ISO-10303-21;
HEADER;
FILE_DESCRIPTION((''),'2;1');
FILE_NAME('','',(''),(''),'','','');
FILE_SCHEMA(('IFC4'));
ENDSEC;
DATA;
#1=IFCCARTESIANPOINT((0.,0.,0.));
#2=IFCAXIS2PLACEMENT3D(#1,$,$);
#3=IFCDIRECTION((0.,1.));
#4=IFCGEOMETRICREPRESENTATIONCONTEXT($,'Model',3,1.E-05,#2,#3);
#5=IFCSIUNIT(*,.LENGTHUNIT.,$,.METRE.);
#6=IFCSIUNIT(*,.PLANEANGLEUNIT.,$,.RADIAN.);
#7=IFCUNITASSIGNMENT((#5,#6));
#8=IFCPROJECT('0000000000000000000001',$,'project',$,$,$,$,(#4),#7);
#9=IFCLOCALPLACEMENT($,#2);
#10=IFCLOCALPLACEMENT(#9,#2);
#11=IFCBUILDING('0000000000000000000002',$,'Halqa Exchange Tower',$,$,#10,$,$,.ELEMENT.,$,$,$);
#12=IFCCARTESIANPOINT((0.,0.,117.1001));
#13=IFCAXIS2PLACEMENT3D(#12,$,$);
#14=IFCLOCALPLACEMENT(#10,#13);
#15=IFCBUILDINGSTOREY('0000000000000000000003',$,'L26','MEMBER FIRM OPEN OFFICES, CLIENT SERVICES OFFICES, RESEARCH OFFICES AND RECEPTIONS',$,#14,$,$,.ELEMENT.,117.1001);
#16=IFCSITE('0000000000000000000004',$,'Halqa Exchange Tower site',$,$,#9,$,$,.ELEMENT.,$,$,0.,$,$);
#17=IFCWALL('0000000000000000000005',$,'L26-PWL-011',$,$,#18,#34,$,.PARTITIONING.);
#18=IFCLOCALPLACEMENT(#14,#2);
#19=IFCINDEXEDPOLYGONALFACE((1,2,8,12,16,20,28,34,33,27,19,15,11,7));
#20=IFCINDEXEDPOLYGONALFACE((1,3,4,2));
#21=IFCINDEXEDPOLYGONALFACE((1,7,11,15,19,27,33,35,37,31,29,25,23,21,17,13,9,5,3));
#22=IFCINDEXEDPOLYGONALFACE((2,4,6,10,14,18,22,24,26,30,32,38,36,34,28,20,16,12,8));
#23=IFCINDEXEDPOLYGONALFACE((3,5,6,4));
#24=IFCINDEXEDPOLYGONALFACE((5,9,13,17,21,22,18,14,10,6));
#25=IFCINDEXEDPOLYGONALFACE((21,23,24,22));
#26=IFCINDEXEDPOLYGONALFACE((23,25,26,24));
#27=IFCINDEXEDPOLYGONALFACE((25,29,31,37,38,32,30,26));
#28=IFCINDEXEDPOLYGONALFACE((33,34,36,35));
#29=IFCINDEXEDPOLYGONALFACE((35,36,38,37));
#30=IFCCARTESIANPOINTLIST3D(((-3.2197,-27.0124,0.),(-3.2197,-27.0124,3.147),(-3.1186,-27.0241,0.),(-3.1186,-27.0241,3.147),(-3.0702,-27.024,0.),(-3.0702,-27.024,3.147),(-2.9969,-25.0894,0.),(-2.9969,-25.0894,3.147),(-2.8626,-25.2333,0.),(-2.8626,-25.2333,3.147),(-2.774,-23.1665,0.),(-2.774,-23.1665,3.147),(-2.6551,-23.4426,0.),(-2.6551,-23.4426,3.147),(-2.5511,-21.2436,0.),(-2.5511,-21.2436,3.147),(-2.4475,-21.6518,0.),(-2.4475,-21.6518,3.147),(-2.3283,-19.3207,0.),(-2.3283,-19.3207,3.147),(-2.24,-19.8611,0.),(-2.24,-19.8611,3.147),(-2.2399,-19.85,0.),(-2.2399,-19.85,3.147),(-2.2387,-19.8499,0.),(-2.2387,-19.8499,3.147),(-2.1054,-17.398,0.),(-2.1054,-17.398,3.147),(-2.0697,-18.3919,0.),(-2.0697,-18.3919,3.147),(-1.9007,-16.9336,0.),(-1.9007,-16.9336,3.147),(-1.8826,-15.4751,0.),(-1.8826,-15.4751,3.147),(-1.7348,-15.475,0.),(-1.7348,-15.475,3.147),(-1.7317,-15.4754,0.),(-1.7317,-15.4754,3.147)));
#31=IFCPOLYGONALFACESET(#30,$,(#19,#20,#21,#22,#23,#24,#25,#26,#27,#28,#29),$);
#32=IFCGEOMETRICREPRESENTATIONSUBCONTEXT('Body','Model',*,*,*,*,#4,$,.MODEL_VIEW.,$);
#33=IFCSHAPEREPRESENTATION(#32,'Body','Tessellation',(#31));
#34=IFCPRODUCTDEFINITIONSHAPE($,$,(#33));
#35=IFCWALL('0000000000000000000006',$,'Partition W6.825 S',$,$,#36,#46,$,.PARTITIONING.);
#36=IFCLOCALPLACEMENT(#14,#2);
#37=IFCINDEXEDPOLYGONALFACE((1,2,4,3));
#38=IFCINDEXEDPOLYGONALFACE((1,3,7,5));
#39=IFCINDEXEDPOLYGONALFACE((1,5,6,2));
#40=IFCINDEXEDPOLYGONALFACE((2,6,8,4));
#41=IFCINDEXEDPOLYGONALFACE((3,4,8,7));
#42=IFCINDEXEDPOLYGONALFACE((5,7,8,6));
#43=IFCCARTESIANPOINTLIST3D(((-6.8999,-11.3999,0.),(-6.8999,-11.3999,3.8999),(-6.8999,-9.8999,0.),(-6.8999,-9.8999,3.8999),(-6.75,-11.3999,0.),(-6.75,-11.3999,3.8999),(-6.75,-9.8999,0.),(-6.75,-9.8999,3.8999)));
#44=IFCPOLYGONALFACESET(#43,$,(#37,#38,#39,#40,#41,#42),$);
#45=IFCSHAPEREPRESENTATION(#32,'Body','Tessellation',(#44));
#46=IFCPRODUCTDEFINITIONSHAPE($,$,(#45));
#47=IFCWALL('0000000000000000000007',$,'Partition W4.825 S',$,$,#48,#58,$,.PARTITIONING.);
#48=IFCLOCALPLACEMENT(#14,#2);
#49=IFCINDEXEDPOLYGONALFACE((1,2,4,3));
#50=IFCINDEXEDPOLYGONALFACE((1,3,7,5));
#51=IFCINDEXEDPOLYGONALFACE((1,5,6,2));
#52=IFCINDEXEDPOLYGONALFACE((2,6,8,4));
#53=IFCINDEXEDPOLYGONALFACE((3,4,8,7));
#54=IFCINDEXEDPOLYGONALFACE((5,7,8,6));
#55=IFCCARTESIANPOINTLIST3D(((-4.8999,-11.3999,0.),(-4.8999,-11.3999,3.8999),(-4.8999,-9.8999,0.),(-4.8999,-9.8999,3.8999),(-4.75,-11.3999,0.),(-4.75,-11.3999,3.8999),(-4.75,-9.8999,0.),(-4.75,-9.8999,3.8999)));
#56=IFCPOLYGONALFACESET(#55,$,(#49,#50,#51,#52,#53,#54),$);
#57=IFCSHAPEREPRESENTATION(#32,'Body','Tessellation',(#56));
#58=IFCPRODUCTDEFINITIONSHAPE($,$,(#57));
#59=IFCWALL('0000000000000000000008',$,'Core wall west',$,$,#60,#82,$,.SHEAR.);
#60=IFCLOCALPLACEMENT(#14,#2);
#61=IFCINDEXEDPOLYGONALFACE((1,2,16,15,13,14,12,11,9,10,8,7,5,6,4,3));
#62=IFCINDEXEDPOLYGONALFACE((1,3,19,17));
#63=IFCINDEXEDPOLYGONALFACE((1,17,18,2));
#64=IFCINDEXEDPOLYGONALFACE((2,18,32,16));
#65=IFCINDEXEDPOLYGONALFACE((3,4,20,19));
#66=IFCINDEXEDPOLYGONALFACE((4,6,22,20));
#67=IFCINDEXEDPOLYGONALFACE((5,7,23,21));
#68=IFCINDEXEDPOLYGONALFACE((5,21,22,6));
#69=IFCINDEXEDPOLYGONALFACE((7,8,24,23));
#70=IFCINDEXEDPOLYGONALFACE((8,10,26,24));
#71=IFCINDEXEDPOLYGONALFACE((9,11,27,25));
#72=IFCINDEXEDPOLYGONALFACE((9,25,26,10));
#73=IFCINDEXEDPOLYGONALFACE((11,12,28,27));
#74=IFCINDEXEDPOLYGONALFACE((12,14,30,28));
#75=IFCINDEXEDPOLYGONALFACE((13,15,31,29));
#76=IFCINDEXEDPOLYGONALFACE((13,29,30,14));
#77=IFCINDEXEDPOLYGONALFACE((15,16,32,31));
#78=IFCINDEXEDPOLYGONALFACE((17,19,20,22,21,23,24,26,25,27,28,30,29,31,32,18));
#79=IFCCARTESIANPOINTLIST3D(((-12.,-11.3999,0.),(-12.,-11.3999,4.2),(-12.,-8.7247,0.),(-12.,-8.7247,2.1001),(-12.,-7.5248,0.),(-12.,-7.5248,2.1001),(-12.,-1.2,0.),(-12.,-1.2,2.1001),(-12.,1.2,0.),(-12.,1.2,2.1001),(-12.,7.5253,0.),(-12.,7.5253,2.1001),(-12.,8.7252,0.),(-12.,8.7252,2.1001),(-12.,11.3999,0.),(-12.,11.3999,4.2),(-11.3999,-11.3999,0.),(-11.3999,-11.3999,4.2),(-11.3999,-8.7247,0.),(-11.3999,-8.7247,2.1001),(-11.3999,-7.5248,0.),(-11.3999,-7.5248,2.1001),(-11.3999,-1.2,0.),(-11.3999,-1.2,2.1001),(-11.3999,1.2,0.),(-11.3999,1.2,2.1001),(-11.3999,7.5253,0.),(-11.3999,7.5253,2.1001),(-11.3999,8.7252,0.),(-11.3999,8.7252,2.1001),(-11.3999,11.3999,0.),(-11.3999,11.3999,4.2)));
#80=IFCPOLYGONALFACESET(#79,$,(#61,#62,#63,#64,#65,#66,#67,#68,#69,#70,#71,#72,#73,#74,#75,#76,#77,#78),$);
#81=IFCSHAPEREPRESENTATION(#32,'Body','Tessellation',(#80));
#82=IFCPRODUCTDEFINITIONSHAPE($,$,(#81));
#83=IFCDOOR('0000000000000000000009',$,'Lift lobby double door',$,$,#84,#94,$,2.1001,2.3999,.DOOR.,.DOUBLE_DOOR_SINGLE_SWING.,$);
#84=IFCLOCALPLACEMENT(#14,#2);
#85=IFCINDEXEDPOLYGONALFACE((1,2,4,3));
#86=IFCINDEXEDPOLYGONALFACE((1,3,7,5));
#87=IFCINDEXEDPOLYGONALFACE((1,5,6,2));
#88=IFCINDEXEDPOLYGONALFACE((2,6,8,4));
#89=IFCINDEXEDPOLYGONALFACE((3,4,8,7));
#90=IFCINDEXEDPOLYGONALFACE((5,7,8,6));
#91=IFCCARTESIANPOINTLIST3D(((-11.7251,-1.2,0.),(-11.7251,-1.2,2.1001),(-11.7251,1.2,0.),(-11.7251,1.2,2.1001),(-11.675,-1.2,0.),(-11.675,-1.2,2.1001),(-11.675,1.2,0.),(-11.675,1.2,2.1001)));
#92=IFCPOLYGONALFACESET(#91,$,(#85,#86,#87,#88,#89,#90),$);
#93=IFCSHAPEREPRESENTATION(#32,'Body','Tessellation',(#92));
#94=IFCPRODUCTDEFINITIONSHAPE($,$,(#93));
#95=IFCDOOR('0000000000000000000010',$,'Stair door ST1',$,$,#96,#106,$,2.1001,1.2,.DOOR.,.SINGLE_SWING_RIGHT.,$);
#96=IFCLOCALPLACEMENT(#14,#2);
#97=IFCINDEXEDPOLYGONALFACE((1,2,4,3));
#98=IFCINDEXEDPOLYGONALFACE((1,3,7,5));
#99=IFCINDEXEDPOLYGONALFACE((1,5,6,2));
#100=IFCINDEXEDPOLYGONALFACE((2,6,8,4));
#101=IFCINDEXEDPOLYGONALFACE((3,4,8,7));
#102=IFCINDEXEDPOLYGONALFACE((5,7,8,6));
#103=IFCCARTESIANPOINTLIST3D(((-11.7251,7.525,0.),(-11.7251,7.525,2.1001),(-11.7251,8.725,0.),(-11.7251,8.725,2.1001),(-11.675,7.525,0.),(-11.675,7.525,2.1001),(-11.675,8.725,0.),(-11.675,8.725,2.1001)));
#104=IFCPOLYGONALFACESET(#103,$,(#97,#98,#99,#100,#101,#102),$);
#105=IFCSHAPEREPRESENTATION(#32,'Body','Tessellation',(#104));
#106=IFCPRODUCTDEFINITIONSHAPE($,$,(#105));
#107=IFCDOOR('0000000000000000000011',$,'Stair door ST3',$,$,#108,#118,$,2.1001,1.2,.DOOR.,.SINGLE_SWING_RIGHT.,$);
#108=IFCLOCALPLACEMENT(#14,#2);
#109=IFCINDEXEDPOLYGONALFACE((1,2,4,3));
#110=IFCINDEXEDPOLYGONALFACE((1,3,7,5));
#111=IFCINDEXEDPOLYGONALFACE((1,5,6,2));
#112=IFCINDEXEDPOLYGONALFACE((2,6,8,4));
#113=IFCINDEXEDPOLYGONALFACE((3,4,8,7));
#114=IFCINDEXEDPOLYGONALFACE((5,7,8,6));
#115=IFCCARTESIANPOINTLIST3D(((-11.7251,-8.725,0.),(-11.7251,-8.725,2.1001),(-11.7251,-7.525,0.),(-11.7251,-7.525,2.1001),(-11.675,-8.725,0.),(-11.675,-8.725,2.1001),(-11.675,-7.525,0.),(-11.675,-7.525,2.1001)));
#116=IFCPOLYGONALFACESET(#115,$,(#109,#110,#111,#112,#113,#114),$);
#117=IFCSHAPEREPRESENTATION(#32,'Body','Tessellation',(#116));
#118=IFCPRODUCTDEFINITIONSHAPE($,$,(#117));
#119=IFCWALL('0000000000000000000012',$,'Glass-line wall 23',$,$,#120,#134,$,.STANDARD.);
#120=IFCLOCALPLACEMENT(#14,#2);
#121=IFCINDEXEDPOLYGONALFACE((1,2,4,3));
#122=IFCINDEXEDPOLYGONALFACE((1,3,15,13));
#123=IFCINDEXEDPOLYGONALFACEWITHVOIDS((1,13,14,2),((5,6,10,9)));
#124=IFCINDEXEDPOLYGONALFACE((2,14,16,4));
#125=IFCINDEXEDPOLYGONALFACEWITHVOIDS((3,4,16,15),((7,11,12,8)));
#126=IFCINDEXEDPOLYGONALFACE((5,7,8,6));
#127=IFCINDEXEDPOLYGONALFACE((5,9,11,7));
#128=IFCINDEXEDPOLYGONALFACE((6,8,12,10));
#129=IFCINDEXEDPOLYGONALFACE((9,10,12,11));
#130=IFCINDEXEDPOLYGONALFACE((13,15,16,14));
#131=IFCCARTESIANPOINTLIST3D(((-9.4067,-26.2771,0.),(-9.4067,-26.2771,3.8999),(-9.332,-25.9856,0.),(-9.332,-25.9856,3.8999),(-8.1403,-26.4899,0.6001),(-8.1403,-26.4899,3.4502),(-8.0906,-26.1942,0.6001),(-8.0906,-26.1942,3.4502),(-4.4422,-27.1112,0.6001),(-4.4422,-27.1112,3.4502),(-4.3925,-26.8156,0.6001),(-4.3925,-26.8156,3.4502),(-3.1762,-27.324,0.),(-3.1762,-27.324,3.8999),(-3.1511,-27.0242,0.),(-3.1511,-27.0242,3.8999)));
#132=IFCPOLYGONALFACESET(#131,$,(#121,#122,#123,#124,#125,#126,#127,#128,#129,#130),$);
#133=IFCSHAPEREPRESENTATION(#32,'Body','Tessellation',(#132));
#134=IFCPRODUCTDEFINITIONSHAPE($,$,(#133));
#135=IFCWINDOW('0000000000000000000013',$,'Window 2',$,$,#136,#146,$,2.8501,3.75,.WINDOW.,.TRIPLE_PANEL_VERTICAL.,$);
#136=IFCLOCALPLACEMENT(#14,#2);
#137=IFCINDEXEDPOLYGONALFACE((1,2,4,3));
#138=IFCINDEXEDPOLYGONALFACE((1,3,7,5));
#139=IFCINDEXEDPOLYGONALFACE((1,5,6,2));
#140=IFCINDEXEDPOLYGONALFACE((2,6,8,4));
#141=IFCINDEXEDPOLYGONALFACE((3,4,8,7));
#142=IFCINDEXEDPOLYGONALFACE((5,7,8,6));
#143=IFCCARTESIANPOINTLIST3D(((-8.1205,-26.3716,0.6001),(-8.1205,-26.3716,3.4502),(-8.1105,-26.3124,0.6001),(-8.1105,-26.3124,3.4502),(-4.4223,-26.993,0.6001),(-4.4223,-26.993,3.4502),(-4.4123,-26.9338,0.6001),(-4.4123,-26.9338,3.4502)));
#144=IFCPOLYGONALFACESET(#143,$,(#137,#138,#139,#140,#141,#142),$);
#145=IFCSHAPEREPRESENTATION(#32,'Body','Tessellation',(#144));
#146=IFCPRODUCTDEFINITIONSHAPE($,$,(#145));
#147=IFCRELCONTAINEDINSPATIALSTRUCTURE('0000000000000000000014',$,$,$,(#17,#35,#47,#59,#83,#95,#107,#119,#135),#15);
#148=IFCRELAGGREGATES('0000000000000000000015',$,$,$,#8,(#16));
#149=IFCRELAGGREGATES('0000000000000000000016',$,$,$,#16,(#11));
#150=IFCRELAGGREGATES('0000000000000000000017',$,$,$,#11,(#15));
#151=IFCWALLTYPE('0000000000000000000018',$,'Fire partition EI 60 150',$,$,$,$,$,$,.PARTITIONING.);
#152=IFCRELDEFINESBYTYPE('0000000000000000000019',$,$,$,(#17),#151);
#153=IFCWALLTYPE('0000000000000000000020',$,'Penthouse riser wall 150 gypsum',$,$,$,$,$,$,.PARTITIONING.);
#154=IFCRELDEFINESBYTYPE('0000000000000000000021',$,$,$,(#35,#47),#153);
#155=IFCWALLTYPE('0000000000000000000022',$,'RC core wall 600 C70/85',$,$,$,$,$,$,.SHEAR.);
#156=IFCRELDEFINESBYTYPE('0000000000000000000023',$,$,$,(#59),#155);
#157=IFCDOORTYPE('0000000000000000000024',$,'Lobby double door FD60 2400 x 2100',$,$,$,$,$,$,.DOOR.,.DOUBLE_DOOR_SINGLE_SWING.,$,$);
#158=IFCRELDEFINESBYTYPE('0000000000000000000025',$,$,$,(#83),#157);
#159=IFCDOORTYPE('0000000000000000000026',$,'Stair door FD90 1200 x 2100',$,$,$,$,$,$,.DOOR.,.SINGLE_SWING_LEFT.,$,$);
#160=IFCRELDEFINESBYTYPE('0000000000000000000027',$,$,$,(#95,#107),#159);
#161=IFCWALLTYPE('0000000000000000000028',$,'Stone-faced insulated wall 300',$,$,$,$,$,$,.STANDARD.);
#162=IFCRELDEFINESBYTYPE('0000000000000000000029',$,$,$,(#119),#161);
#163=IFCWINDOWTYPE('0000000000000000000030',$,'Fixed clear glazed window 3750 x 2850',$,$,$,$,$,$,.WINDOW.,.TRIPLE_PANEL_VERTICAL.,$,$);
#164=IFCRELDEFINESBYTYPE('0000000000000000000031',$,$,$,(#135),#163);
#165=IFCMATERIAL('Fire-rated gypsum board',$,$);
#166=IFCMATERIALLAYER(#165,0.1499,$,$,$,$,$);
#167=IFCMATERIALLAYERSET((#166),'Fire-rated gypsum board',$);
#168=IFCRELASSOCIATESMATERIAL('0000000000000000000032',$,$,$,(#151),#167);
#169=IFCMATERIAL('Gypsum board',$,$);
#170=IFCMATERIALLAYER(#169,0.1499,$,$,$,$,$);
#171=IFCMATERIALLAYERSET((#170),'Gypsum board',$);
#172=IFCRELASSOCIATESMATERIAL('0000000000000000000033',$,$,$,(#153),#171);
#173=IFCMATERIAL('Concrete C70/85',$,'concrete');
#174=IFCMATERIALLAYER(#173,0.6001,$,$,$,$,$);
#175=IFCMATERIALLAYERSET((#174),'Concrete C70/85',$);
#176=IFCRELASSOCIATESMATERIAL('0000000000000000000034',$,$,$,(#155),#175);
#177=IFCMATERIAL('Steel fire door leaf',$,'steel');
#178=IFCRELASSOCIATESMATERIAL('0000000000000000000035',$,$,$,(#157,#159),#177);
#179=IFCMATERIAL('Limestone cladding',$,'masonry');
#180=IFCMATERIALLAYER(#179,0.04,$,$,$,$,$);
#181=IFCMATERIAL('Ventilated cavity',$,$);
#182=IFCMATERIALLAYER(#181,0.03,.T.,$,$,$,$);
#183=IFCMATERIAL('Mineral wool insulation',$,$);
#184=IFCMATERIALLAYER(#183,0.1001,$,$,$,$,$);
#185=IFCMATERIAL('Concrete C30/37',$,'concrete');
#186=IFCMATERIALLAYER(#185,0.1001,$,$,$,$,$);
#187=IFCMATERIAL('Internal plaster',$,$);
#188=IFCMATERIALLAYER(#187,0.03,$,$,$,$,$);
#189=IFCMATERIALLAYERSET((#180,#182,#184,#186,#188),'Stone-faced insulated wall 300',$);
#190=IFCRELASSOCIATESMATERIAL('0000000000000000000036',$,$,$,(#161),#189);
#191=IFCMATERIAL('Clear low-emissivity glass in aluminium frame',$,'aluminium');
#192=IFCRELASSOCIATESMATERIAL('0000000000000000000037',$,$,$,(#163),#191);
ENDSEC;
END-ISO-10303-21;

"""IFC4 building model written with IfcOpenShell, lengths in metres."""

from ifc_helpers import new_model, si_unit, direction, frame, frame_2d, origin, place, context, subcontext, project, spatial, polyline, rectangle, outline, extrude, material, layer, layer_set, type_object, element, fill, save


model = new_model("IFC4")

# Units and contexts
model_context = context("Model", 3, precision=1e-05, world=origin(), true_north=direction((0.0, 1.0)))
body_context = subcontext(model_context, "Body", "Model", "MODEL_VIEW")
ifc_project = project(units=[si_unit("LENGTHUNIT", "METRE"), si_unit("PLANEANGLEUNIT", "RADIAN")], contexts=[model_context])

# Site, building, storey
site_placement = place(None, origin())
site = spatial("IfcSite", under=ifc_project, at=site_placement, Name="Halqa Exchange Tower site", CompositionType="ELEMENT", RefElevation=0.0)
building_placement = place(site_placement, origin())
building = spatial("IfcBuilding", under=site, at=building_placement, Name="Halqa Exchange Tower", CompositionType="ELEMENT")
storey_placement = place(building_placement, frame((0.0, 0.0, 117.1001)))
storey = spatial("IfcBuildingStorey", under=building, at=storey_placement, Name="L26", Description="MEMBER FIRM OPEN OFFICES, CLIENT SERVICES OFFICES, RESEARCH OFFICES AND RECEPTIONS", CompositionType="ELEMENT", Elevation=117.1001)

# Shared definitions
ifc_material_1 = material(Name="Concrete C70/85", Category="concrete")

# Wall
ifc_material_2 = material(Name="Fire-rated gypsum board")
ifc_layer_1 = layer(ifc_material_2, 0.1499)
ifc_layer_set_1 = layer_set([ifc_layer_1], Name="Fire-rated gypsum board")
wall_type_1 = type_object("IfcWallType", Name="Fire partition EI 60 150", PredefinedType="PARTITIONING", material=ifc_layer_set_1)
wall_1_placement = place(storey_placement, frame((-3.1453, -27.021, 0.0), z_axis=(0.0, 0.0, 1.0), x_axis=(0.115128, 0.993351, 0.0)))
element("IfcWall", 1, at=wall_1_placement, inside=storey, type_object=wall_type_1, Name="L26-PWL-011", PredefinedType="PARTITIONING", context=body_context, shape_type="SweptSolid", body=[
    extrude(outline(polyline([(0.0056, -0.075), (1.8083, -0.075), (3.6111, -0.075), (5.4138, -0.075), (7.2166, -0.075), (7.2275, -0.0737), (7.2278, -0.075), (8.6956, -0.075), (10.1636, -0.075), (11.6316, -0.075), (11.6316, -0.0718), (11.6145, 0.075), (9.6787, 0.075), (7.7432, 0.075), (5.8074, 0.075), (3.8716, 0.075), (1.9358, 0.075), (0.0, 0.075), (0.0, -0.0269), (0.0056, -0.075)])), origin(), (0.0, 0.0, 1.0), 3.147),
])

# Shared definitions
ifc_material_3 = material(Name="Gypsum board")

# Walls
ifc_layer_2 = layer(ifc_material_3, 0.1499)
ifc_layer_set_2 = layer_set([ifc_layer_2], Name="Gypsum board")
wall_type_2 = type_object("IfcWallType", Name="Penthouse riser wall 150 gypsum", PredefinedType="PARTITIONING", material=ifc_layer_set_2)
for number, where, z_axis, x_axis, name in (
    (2, (-6.825, -11.3999, 0.0), (0.0, 0.0, 1.0), (0.0, 1.0, 0.0), "Partition W6.825 S"),
    (3, (-4.825, -11.3999, 0.0), (0.0, 0.0, 1.0), (0.0, 1.0, 0.0), "Partition W4.825 S"),
):
    element("IfcWall", number, at=place(storey_placement, frame(where, z_axis=z_axis, x_axis=x_axis)), inside=storey, type_object=wall_type_2, Name=name, PredefinedType="PARTITIONING", context=body_context, shape_type="SweptSolid", body=[
        extrude(rectangle(XDim=1.5, YDim=0.1499, at=frame_2d((0.75, 0.0))), origin(), (0.0, 0.0, 1.0), 3.8999),
    ])

# Wall, openings, doors
ifc_layer_3 = layer(ifc_material_1, 0.6001)
ifc_layer_set_3 = layer_set([ifc_layer_3], Name="Concrete C70/85")
wall_type_3 = type_object("IfcWallType", Name="RC core wall 600 C70/85", PredefinedType="SHEAR", material=ifc_layer_set_3)
wall_2_placement = place(storey_placement, frame((-11.7, -11.3999, 0.0), z_axis=(0.0, 0.0, 1.0), x_axis=(0.0, 1.0, 0.0)))
wall_2 = element("IfcWall", 4, at=wall_2_placement, inside=storey, type_object=wall_type_3, Name="Core wall west", PredefinedType="SHEAR", context=body_context, shape_type="SweptSolid", body=[
    extrude(rectangle(XDim=22.7998, YDim=0.6001, at=frame_2d((11.3999, 0.0))), origin(), (0.0, 0.0, 1.0), 4.2),
])
opening_1_placement = place(wall_2_placement, frame((10.2, 0.0, 0.0)))
opening_1 = element("IfcOpeningElement", 5, at=opening_1_placement, cuts=wall_2, PredefinedType="OPENING", context=body_context, shape_type="SweptSolid", body=[
    extrude(rectangle(XDim=2.3999, YDim=2.1001, at=frame_2d((1.2, 1.05))), frame((0.0, 0.312, 0.0), z_axis=(0.0, -1.0, 0.0), x_axis=(1.0, 0.0, 0.0)), (0.0, 0.0, 1.0), 0.624),
])
opening_2_placement = place(wall_2_placement, frame((18.925, 0.0, 0.0)))
opening_2 = element("IfcOpeningElement", 6, at=opening_2_placement, cuts=wall_2, PredefinedType="OPENING", context=body_context, shape_type="SweptSolid", body=[
    extrude(rectangle(XDim=1.2, YDim=2.1001, at=frame_2d((0.6001, 1.05))), frame((0.0, 0.312, 0.0), z_axis=(0.0, -1.0, 0.0), x_axis=(1.0, 0.0, 0.0)), (0.0, 0.0, 1.0), 0.624),
])
opening_3_placement = place(wall_2_placement, frame((2.675, 0.0, 0.0)))
opening_3 = element("IfcOpeningElement", 7, at=opening_3_placement, cuts=wall_2, PredefinedType="OPENING", context=body_context, shape_type="SweptSolid", body=[
    extrude(rectangle(XDim=1.2, YDim=2.1001, at=frame_2d((0.6001, 1.05))), frame((0.0, 0.312, 0.0), z_axis=(0.0, -1.0, 0.0), x_axis=(1.0, 0.0, 0.0)), (0.0, 0.0, 1.0), 0.624),
])
ifc_material_4 = material(Name="Steel fire door leaf", Category="steel")
door_type_1 = type_object("IfcDoorType", Name="Lobby double door FD60 2400 x 2100", OperationType="DOUBLE_DOOR_SINGLE_SWING", PredefinedType="DOOR", material=ifc_material_4)
door_1_placement = place(opening_1_placement, frame((2.3999, 0.0, 0.0), z_axis=(0.0, 0.0, 1.0), x_axis=(-1.0, 0.0, 0.0)))
door_1 = element("IfcDoor", 8, at=door_1_placement, inside=storey, type_object=door_type_1, Name="Lift lobby double door", OperationType="DOUBLE_DOOR_SINGLE_SWING", OverallHeight=2.1001, OverallWidth=2.3999, PredefinedType="DOOR", context=body_context, shape_type="SweptSolid", body=[
    extrude(rectangle(XDim=2.3999, YDim=2.1001, at=frame_2d((1.2, 1.05))), frame((0.0, 0.0249, 0.0), z_axis=(0.0, -1.0, 0.0), x_axis=(1.0, 0.0, 0.0)), (0.0, 0.0, 1.0), 0.05),
])
fill(opening_1, door_1)
door_type_2 = type_object("IfcDoorType", Name="Stair door FD90 1200 x 2100", OperationType="SINGLE_SWING_LEFT", PredefinedType="DOOR", material=ifc_material_4)
door_2_placement = place(opening_2_placement, frame((1.2, 0.0, 0.0), z_axis=(0.0, 0.0, 1.0), x_axis=(-1.0, 0.0, 0.0)))
door_2 = element("IfcDoor", 9, at=door_2_placement, inside=storey, type_object=door_type_2, Name="Stair door ST1", OperationType="SINGLE_SWING_RIGHT", OverallHeight=2.1001, OverallWidth=1.2, PredefinedType="DOOR", context=body_context, shape_type="SweptSolid", body=[
    extrude(rectangle(XDim=1.2, YDim=2.1001, at=frame_2d((0.6001, 1.05))), frame((0.0, 0.0249, 0.0), z_axis=(0.0, -1.0, 0.0), x_axis=(1.0, 0.0, 0.0)), (0.0, 0.0, 1.0), 0.05),
])
fill(opening_2, door_2)
door_3_placement = place(opening_3_placement, frame((1.2, 0.0, 0.0), z_axis=(0.0, 0.0, 1.0), x_axis=(-1.0, 0.0, 0.0)))
door_3 = element("IfcDoor", 10, at=door_3_placement, inside=storey, type_object=door_type_2, Name="Stair door ST3", OperationType="SINGLE_SWING_RIGHT", OverallHeight=2.1001, OverallWidth=1.2, PredefinedType="DOOR", context=body_context, shape_type="SweptSolid", body=[
    extrude(rectangle(XDim=1.2, YDim=2.1001, at=frame_2d((0.6001, 1.05))), frame((0.0, 0.0249, 0.0), z_axis=(0.0, -1.0, 0.0), x_axis=(1.0, 0.0, 0.0)), (0.0, 0.0, 1.0), 0.05),
])
fill(opening_3, door_3)

# Wall, opening, window
ifc_material_5 = material(Name="Limestone cladding", Category="masonry")
ifc_layer_4 = layer(ifc_material_5, 0.04)
ifc_material_6 = material(Name="Ventilated cavity")
ifc_layer_5 = layer(ifc_material_6, 0.03, ventilated=True)
ifc_material_7 = material(Name="Mineral wool insulation")
ifc_layer_6 = layer(ifc_material_7, 0.1001)
ifc_material_8 = material(Name="Concrete C30/37", Category="concrete")
ifc_layer_7 = layer(ifc_material_8, 0.1001)
ifc_material_9 = material(Name="Internal plaster")
ifc_layer_8 = layer(ifc_material_9, 0.03)
ifc_layer_set_4 = layer_set([ifc_layer_4, ifc_layer_5, ifc_layer_6, ifc_layer_7, ifc_layer_8], Name="Stone-faced insulated wall 300")
wall_type_4 = type_object("IfcWallType", Name="Stone-faced insulated wall 300", PredefinedType="STANDARD", material=ifc_layer_set_4)
wall_3_placement = place(storey_placement, frame((-9.3694, -26.1313, 0.0), z_axis=(0.0, 0.0, 1.0), x_axis=(0.986176, -0.165701, 0.0)))
wall_3 = element("IfcWall", 11, at=wall_3_placement, inside=storey, type_object=wall_type_4, Name="Glass-line wall 23", PredefinedType="STANDARD", context=body_context, shape_type="SweptSolid", body=[
    extrude(outline(polyline([(-0.0127, -0.1499), (6.3052, -0.1499), (6.2803, 0.1499), (0.0127, 0.1499), (-0.0127, -0.1499)])), origin(), (0.0, 0.0, 1.0), 3.8999),
])
opening_4_placement = place(wall_3_placement, frame((1.2715, 0.0, 0.6001)))
opening_4 = element("IfcOpeningElement", 12, at=opening_4_placement, cuts=wall_3, PredefinedType="OPENING", context=body_context, shape_type="SweptSolid", body=[
    extrude(rectangle(XDim=3.75, YDim=2.8501, at=frame_2d((1.875, 1.425))), frame((0.0, 0.1621, 0.0), z_axis=(0.0, -1.0, 0.0), x_axis=(1.0, 0.0, 0.0)), (0.0, 0.0, 1.0), 0.324),
])
ifc_material_10 = material(Name="Clear low-emissivity glass in aluminium frame", Category="aluminium")
window_type = type_object("IfcWindowType", Name="Fixed clear glazed window 3750 x 2850", PartitioningType="TRIPLE_PANEL_VERTICAL", PredefinedType="WINDOW", material=ifc_material_10)
window_placement = place(opening_4_placement, origin())
window = element("IfcWindow", 13, at=window_placement, inside=storey, type_object=window_type, Name="Window 2", OverallHeight=2.8501, OverallWidth=3.75, PartitioningType="TRIPLE_PANEL_VERTICAL", PredefinedType="WINDOW", context=body_context, shape_type="SweptSolid", body=[
    extrude(rectangle(XDim=3.75, YDim=2.8501, at=frame_2d((1.875, 1.425))), frame((0.0, 0.03, 0.0), z_axis=(0.0, -1.0, 0.0), x_axis=(1.0, 0.0, 0.0)), (0.0, 0.0, 1.0), 0.0601),
])
fill(opening_4, window)

save(model, "model.ifc")
